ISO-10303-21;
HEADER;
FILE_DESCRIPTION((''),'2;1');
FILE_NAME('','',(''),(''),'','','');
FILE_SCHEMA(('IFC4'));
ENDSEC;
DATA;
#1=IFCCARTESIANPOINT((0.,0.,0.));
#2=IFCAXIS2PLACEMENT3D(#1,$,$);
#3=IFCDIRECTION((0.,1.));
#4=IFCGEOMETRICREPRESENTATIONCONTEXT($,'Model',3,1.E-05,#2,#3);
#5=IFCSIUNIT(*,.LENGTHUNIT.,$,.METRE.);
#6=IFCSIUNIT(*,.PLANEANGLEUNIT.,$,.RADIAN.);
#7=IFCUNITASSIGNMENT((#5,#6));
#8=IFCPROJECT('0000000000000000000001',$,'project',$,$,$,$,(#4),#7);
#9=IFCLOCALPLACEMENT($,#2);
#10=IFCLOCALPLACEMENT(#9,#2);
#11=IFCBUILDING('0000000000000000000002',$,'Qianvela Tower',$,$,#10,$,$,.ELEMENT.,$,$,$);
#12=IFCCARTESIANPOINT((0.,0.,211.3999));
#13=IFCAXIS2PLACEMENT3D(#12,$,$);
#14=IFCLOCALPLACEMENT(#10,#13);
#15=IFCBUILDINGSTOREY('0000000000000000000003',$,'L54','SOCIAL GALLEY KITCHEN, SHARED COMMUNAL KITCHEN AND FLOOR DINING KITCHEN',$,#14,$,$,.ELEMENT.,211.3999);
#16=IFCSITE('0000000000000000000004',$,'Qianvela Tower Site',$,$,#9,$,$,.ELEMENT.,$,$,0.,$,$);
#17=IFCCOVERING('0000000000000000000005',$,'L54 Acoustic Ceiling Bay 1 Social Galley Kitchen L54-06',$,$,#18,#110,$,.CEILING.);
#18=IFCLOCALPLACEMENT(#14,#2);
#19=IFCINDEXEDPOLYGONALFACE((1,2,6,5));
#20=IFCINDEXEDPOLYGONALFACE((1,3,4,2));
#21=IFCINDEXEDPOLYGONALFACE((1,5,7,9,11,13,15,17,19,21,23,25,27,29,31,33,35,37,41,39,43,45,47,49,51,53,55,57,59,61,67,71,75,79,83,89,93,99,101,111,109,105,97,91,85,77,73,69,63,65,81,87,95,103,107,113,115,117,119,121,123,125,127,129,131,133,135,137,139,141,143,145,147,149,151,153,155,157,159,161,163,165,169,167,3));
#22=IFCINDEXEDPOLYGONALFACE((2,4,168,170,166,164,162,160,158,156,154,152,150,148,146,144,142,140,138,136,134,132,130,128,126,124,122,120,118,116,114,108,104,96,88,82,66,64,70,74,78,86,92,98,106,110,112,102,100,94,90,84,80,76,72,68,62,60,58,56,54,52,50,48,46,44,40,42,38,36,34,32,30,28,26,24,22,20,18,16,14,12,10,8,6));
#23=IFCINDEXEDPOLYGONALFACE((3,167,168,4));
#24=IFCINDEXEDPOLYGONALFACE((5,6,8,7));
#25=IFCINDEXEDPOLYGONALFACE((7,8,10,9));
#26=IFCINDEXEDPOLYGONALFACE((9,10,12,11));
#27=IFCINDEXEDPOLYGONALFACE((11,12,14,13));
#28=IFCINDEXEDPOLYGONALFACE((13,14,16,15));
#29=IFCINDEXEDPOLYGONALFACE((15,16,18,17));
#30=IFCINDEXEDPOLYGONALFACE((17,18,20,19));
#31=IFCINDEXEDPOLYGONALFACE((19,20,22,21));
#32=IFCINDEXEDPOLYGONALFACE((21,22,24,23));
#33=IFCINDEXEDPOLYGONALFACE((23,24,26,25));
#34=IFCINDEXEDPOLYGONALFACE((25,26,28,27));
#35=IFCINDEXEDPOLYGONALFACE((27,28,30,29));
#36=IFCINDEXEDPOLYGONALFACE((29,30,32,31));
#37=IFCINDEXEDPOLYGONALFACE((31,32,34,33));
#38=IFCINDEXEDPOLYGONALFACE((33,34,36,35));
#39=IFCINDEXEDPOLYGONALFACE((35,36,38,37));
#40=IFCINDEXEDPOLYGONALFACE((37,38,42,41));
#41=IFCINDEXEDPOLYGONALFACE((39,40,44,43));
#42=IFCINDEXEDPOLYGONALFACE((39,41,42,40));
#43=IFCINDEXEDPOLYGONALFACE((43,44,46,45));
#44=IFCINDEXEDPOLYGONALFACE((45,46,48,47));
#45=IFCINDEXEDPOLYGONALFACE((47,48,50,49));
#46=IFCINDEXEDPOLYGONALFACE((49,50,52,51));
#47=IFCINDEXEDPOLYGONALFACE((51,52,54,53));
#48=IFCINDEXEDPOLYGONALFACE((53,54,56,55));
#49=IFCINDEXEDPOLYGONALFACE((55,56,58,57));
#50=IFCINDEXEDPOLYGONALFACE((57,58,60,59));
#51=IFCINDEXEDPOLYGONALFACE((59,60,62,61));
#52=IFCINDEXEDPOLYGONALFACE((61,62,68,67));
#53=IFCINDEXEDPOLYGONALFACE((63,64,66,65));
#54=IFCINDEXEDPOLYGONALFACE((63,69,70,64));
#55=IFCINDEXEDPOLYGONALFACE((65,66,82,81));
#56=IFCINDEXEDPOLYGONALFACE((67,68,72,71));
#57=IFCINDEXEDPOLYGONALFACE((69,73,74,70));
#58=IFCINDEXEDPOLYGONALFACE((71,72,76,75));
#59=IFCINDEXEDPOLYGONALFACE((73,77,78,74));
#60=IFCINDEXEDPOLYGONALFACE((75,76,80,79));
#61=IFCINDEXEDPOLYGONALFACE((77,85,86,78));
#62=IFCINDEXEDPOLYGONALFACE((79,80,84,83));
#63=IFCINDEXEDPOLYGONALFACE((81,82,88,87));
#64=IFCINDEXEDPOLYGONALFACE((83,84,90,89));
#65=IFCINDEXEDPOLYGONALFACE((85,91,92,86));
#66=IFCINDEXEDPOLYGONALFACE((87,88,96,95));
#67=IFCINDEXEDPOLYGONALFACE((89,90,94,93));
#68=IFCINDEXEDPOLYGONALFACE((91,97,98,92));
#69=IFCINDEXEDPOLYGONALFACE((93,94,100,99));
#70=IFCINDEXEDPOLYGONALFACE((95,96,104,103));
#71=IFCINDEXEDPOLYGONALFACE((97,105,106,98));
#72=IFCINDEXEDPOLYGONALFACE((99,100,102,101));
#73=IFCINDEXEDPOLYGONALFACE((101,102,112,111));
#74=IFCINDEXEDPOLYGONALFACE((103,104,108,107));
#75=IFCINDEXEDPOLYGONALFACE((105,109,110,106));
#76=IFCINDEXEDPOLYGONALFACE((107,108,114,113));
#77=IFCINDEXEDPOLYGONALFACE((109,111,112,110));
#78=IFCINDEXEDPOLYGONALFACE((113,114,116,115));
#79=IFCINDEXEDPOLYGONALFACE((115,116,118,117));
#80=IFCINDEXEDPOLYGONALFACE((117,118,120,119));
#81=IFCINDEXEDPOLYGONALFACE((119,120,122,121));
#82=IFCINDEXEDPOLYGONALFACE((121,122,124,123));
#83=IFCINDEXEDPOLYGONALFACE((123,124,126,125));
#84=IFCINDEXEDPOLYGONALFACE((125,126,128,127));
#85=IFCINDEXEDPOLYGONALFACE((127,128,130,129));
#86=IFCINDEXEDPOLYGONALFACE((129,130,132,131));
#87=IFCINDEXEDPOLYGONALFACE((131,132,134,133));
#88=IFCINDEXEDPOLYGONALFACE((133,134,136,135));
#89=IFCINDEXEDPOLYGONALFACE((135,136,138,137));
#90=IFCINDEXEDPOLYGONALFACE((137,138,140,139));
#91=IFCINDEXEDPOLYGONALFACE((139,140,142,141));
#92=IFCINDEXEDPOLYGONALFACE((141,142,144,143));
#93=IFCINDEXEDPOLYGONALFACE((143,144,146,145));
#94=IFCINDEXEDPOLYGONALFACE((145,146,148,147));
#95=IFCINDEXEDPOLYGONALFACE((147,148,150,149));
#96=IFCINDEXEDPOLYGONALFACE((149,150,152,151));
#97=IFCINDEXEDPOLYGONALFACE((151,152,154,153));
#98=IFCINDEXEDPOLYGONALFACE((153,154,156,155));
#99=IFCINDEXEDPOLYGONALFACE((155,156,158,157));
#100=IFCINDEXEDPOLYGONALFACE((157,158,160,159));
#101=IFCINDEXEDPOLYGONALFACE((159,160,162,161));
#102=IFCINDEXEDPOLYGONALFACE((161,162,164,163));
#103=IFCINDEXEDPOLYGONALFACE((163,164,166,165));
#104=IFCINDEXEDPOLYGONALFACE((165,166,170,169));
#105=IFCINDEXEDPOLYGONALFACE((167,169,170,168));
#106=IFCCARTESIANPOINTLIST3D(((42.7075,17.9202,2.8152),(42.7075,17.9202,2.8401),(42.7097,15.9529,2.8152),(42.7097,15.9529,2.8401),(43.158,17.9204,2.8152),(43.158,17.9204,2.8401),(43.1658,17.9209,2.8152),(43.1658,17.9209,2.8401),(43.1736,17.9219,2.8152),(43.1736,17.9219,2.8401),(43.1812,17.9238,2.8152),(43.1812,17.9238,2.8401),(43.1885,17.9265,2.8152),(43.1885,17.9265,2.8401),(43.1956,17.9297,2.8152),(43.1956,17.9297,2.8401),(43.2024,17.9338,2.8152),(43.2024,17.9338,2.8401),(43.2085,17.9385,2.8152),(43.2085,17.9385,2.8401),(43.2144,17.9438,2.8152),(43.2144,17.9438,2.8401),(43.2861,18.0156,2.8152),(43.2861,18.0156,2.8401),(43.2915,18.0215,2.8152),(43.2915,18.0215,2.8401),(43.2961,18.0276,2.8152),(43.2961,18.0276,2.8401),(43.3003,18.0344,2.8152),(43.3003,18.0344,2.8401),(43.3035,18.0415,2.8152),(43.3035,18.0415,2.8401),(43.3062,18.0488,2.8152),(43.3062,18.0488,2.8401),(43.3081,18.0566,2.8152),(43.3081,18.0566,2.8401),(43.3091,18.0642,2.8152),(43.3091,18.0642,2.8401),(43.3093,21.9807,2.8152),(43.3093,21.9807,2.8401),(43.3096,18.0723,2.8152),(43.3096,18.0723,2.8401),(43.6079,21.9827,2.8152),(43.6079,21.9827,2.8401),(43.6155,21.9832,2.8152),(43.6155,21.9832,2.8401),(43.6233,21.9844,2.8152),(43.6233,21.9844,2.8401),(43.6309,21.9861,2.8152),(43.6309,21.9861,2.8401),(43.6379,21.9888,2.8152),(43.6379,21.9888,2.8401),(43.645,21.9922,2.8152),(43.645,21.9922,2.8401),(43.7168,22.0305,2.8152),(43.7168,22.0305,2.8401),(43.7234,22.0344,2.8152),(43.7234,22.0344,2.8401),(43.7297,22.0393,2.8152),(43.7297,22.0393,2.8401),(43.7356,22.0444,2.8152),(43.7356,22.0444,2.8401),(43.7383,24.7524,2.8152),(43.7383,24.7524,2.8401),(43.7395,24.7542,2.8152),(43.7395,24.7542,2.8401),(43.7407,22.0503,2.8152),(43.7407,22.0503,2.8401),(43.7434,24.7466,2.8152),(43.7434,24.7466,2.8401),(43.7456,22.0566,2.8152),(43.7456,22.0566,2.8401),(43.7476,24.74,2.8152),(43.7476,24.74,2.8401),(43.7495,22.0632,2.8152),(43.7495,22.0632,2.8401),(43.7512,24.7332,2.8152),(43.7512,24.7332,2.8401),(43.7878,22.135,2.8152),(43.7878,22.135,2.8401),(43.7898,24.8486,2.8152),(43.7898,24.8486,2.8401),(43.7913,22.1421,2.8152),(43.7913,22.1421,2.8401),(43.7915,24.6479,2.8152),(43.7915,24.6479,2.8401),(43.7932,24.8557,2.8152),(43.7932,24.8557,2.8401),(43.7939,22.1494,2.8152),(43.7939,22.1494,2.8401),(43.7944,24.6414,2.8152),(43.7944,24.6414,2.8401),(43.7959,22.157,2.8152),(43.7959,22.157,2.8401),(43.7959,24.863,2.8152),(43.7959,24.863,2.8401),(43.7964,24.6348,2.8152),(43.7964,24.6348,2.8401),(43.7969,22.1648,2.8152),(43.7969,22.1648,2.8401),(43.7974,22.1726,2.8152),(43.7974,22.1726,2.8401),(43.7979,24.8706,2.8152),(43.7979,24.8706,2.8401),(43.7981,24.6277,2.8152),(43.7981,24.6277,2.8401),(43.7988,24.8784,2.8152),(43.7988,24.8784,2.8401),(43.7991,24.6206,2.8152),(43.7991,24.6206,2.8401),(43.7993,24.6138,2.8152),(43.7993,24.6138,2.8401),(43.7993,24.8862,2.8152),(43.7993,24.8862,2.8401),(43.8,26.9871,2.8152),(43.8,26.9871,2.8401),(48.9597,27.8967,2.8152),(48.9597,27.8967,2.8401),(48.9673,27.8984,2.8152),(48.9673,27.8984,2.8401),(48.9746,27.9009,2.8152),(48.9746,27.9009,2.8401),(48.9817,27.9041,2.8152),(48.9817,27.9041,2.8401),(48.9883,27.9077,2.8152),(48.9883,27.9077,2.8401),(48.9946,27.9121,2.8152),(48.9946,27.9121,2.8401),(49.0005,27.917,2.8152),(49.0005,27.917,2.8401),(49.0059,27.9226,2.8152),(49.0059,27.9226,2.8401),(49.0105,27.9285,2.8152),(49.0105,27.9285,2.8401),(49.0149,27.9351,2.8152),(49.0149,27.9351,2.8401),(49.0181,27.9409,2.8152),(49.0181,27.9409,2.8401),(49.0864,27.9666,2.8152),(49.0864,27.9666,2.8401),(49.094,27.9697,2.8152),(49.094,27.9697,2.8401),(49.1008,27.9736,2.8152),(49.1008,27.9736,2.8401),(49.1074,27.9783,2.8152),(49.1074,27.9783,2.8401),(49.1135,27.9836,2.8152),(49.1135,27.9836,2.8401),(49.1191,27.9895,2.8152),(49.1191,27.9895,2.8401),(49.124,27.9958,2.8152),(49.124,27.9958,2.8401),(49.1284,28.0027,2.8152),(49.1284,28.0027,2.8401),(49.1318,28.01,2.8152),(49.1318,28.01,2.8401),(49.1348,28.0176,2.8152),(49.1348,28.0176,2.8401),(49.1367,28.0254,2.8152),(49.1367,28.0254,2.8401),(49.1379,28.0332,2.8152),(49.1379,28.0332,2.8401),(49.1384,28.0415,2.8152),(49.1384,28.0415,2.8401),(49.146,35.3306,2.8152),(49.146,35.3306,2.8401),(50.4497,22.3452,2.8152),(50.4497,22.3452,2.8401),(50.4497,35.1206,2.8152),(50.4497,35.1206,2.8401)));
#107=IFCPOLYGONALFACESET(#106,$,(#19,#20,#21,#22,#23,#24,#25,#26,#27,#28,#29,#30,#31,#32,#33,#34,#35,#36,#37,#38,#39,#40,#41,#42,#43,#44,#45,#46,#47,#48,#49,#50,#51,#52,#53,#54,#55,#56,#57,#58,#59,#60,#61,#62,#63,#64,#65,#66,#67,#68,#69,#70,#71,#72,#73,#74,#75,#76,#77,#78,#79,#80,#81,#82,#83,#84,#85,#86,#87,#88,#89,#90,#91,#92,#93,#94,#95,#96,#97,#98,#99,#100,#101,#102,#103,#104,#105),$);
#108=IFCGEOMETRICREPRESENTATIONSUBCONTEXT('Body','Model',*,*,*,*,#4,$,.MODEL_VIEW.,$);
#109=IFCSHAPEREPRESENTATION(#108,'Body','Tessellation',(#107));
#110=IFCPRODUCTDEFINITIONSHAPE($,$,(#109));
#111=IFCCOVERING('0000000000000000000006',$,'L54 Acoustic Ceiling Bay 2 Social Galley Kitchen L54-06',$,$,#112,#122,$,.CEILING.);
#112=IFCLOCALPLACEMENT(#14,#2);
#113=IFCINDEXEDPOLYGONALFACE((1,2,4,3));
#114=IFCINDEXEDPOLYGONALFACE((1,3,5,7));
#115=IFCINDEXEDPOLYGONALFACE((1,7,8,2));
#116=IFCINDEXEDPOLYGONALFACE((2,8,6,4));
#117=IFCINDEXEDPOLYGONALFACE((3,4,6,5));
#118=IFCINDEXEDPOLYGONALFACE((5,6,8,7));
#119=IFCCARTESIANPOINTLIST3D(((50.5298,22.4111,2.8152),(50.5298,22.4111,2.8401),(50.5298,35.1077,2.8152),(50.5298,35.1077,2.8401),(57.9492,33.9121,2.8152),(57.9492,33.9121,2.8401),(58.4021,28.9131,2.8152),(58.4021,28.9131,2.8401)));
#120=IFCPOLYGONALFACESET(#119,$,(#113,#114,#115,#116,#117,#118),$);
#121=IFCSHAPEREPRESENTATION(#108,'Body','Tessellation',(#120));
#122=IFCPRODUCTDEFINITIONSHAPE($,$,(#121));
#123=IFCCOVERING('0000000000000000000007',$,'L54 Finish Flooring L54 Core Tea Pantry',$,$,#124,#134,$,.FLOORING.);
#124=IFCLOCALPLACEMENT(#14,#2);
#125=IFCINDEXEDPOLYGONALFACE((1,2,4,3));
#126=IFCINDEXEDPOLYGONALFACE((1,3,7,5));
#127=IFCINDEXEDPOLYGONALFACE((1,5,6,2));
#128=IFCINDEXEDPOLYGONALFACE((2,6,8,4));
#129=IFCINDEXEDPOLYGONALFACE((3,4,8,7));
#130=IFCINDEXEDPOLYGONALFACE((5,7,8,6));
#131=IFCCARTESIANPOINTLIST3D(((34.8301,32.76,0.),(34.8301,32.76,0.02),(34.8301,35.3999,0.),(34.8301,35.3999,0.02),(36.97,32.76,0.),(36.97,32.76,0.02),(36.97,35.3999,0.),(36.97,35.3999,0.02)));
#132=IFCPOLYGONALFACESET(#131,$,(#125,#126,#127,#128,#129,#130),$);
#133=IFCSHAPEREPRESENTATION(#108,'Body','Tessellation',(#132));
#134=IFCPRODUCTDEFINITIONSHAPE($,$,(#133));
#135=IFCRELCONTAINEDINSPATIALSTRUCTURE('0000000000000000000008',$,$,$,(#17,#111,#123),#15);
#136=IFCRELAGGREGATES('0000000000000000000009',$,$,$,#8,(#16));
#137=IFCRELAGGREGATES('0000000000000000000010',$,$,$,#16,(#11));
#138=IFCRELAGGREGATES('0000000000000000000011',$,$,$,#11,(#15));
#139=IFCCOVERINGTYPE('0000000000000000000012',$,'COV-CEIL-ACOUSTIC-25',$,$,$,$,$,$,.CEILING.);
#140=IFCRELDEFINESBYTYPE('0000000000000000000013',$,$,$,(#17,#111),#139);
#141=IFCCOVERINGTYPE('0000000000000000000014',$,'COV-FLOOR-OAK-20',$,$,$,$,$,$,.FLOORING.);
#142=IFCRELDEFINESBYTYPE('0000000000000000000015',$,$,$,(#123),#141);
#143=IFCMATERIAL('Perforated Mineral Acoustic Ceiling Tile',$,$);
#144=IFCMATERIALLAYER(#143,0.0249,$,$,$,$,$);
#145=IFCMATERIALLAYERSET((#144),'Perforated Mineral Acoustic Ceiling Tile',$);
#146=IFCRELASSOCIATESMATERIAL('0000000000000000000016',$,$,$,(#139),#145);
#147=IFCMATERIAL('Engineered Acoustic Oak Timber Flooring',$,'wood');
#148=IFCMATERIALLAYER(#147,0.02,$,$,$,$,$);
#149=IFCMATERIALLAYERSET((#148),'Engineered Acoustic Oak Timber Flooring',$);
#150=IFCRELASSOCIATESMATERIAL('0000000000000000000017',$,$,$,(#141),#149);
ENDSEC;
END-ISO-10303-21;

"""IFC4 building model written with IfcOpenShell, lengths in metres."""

from ifc_helpers import new_model, si_unit, direction, frame, origin, place, context, subcontext, project, spatial, polyline, outline, extrude, material, layer, layer_set, type_object, element, save


model = new_model("IFC4")

# Units and contexts
model_context = context("Model", 3, precision=1e-05, world=origin(), true_north=direction((0.0, 1.0)))
body_context = subcontext(model_context, "Body", "Model", "MODEL_VIEW")
ifc_project = project(units=[si_unit("LENGTHUNIT", "METRE"), si_unit("PLANEANGLEUNIT", "RADIAN")], contexts=[model_context])

# Site, building, storey
site_placement = place(None, origin())
site = spatial("IfcSite", under=ifc_project, at=site_placement, Name="Qianvela Tower Site", CompositionType="ELEMENT", RefElevation=0.0)
building_placement = place(site_placement, origin())
building = spatial("IfcBuilding", under=site, at=building_placement, Name="Qianvela Tower", CompositionType="ELEMENT")
storey_placement = place(building_placement, frame((0.0, 0.0, 211.3999)))
storey = spatial("IfcBuildingStorey", under=building, at=storey_placement, Name="L54", Description="SOCIAL GALLEY KITCHEN, SHARED COMMUNAL KITCHEN AND FLOOR DINING KITCHEN", CompositionType="ELEMENT", Elevation=211.3999)

# Coverings
ifc_material_1 = material(Name="Perforated Mineral Acoustic Ceiling Tile")
ifc_layer_1 = layer(ifc_material_1, 0.0249)
ifc_layer_set_1 = layer_set([ifc_layer_1], Name="Perforated Mineral Acoustic Ceiling Tile")
covering_type_1 = type_object("IfcCoveringType", Name="COV-CEIL-ACOUSTIC-25", PredefinedType="CEILING", material=ifc_layer_set_1)
covering_1_placement = place(storey_placement, frame((0.0, 0.0, 2.8152)))
element("IfcCovering", 1, at=covering_1_placement, inside=storey, type_object=covering_type_1, Name="L54 Acoustic Ceiling Bay 1 Social Galley Kitchen L54-06", PredefinedType="CEILING", context=body_context, shape_type="SweptSolid", body=[
    extrude(outline(polyline([(43.7395, 24.7542), (43.7898, 24.8486), (43.7932, 24.8557), (43.7959, 24.863), (43.7979, 24.8706), (43.7988, 24.8784), (43.7993, 24.8862), (43.8, 26.9871), (48.9597, 27.8967), (48.9673, 27.8984), (48.9746, 27.9009), (48.9817, 27.9041), (48.9883, 27.9077), (48.9946, 27.9121), (49.0005, 27.917), (49.0059, 27.9226), (49.0105, 27.9285), (49.0149, 27.9351), (49.0181, 27.9409), (49.0864, 27.9666), (49.094, 27.9697), (49.1008, 27.9736), (49.1074, 27.9783), (49.1135, 27.9836), (49.1191, 27.9895), (49.124, 27.9958), (49.1284, 28.0027), (49.1318, 28.01), (49.1348, 28.0176), (49.1367, 28.0254), (49.1379, 28.0332), (49.1384, 28.0415), (49.146, 35.3306), (50.4497, 35.1206), (50.4497, 22.3452), (42.7097, 15.9529), (42.7075, 17.9202), (43.158, 17.9204), (43.1658, 17.9209), (43.1736, 17.9219), (43.1812, 17.9238), (43.1885, 17.9265), (43.1956, 17.9297), (43.2024, 17.9338), (43.2085, 17.9385), (43.2144, 17.9438), (43.2861, 18.0156), (43.2915, 18.0215), (43.2961, 18.0276), (43.3003, 18.0344), (43.3035, 18.0415), (43.3062, 18.0488), (43.3081, 18.0566), (43.3091, 18.0642), (43.3096, 18.0723), (43.3093, 21.9807), (43.6079, 21.9827), (43.6155, 21.9832), (43.6233, 21.9844), (43.6309, 21.9861), (43.6379, 21.9888), (43.645, 21.9922), (43.7168, 22.0305), (43.7234, 22.0344), (43.7297, 22.0393), (43.7356, 22.0444), (43.7407, 22.0503), (43.7456, 22.0566), (43.7495, 22.0632), (43.7878, 22.135), (43.7913, 22.1421), (43.7939, 22.1494), (43.7959, 22.157), (43.7969, 22.1648), (43.7974, 22.1726), (43.7993, 24.6138), (43.7991, 24.6206), (43.7981, 24.6277), (43.7964, 24.6348), (43.7944, 24.6414), (43.7915, 24.6479), (43.7512, 24.7332), (43.7476, 24.74), (43.7434, 24.7466), (43.7383, 24.7524), (43.7395, 24.7542)])), origin(), (0.0, 0.0, 1.0), 0.0249),
])
covering_2_placement = place(storey_placement, frame((0.0, 0.0, 2.8152)))
element("IfcCovering", 2, at=covering_2_placement, inside=storey, type_object=covering_type_1, Name="L54 Acoustic Ceiling Bay 2 Social Galley Kitchen L54-06", PredefinedType="CEILING", context=body_context, shape_type="SweptSolid", body=[
    extrude(outline(polyline([(57.9492, 33.9121), (58.4021, 28.9131), (50.5298, 22.4111), (50.5298, 35.1077), (57.9492, 33.9121)])), origin(), (0.0, 0.0, 1.0), 0.0249),
])
ifc_material_2 = material(Name="Engineered Acoustic Oak Timber Flooring", Category="wood")
ifc_layer_2 = layer(ifc_material_2, 0.02)
ifc_layer_set_2 = layer_set([ifc_layer_2], Name="Engineered Acoustic Oak Timber Flooring")
covering_type_2 = type_object("IfcCoveringType", Name="COV-FLOOR-OAK-20", PredefinedType="FLOORING", material=ifc_layer_set_2)
covering_3_placement = place(storey_placement, origin())
element("IfcCovering", 3, at=covering_3_placement, inside=storey, type_object=covering_type_2, Name="L54 Finish Flooring L54 Core Tea Pantry", PredefinedType="FLOORING", context=body_context, shape_type="SweptSolid", body=[
    extrude(outline(polyline([(36.97, 32.76), (34.8301, 32.76), (34.8301, 35.3999), (36.97, 35.3999), (36.97, 32.76)])), origin(), (0.0, 0.0, 1.0), 0.02),
])

save(model, "model.ifc")
